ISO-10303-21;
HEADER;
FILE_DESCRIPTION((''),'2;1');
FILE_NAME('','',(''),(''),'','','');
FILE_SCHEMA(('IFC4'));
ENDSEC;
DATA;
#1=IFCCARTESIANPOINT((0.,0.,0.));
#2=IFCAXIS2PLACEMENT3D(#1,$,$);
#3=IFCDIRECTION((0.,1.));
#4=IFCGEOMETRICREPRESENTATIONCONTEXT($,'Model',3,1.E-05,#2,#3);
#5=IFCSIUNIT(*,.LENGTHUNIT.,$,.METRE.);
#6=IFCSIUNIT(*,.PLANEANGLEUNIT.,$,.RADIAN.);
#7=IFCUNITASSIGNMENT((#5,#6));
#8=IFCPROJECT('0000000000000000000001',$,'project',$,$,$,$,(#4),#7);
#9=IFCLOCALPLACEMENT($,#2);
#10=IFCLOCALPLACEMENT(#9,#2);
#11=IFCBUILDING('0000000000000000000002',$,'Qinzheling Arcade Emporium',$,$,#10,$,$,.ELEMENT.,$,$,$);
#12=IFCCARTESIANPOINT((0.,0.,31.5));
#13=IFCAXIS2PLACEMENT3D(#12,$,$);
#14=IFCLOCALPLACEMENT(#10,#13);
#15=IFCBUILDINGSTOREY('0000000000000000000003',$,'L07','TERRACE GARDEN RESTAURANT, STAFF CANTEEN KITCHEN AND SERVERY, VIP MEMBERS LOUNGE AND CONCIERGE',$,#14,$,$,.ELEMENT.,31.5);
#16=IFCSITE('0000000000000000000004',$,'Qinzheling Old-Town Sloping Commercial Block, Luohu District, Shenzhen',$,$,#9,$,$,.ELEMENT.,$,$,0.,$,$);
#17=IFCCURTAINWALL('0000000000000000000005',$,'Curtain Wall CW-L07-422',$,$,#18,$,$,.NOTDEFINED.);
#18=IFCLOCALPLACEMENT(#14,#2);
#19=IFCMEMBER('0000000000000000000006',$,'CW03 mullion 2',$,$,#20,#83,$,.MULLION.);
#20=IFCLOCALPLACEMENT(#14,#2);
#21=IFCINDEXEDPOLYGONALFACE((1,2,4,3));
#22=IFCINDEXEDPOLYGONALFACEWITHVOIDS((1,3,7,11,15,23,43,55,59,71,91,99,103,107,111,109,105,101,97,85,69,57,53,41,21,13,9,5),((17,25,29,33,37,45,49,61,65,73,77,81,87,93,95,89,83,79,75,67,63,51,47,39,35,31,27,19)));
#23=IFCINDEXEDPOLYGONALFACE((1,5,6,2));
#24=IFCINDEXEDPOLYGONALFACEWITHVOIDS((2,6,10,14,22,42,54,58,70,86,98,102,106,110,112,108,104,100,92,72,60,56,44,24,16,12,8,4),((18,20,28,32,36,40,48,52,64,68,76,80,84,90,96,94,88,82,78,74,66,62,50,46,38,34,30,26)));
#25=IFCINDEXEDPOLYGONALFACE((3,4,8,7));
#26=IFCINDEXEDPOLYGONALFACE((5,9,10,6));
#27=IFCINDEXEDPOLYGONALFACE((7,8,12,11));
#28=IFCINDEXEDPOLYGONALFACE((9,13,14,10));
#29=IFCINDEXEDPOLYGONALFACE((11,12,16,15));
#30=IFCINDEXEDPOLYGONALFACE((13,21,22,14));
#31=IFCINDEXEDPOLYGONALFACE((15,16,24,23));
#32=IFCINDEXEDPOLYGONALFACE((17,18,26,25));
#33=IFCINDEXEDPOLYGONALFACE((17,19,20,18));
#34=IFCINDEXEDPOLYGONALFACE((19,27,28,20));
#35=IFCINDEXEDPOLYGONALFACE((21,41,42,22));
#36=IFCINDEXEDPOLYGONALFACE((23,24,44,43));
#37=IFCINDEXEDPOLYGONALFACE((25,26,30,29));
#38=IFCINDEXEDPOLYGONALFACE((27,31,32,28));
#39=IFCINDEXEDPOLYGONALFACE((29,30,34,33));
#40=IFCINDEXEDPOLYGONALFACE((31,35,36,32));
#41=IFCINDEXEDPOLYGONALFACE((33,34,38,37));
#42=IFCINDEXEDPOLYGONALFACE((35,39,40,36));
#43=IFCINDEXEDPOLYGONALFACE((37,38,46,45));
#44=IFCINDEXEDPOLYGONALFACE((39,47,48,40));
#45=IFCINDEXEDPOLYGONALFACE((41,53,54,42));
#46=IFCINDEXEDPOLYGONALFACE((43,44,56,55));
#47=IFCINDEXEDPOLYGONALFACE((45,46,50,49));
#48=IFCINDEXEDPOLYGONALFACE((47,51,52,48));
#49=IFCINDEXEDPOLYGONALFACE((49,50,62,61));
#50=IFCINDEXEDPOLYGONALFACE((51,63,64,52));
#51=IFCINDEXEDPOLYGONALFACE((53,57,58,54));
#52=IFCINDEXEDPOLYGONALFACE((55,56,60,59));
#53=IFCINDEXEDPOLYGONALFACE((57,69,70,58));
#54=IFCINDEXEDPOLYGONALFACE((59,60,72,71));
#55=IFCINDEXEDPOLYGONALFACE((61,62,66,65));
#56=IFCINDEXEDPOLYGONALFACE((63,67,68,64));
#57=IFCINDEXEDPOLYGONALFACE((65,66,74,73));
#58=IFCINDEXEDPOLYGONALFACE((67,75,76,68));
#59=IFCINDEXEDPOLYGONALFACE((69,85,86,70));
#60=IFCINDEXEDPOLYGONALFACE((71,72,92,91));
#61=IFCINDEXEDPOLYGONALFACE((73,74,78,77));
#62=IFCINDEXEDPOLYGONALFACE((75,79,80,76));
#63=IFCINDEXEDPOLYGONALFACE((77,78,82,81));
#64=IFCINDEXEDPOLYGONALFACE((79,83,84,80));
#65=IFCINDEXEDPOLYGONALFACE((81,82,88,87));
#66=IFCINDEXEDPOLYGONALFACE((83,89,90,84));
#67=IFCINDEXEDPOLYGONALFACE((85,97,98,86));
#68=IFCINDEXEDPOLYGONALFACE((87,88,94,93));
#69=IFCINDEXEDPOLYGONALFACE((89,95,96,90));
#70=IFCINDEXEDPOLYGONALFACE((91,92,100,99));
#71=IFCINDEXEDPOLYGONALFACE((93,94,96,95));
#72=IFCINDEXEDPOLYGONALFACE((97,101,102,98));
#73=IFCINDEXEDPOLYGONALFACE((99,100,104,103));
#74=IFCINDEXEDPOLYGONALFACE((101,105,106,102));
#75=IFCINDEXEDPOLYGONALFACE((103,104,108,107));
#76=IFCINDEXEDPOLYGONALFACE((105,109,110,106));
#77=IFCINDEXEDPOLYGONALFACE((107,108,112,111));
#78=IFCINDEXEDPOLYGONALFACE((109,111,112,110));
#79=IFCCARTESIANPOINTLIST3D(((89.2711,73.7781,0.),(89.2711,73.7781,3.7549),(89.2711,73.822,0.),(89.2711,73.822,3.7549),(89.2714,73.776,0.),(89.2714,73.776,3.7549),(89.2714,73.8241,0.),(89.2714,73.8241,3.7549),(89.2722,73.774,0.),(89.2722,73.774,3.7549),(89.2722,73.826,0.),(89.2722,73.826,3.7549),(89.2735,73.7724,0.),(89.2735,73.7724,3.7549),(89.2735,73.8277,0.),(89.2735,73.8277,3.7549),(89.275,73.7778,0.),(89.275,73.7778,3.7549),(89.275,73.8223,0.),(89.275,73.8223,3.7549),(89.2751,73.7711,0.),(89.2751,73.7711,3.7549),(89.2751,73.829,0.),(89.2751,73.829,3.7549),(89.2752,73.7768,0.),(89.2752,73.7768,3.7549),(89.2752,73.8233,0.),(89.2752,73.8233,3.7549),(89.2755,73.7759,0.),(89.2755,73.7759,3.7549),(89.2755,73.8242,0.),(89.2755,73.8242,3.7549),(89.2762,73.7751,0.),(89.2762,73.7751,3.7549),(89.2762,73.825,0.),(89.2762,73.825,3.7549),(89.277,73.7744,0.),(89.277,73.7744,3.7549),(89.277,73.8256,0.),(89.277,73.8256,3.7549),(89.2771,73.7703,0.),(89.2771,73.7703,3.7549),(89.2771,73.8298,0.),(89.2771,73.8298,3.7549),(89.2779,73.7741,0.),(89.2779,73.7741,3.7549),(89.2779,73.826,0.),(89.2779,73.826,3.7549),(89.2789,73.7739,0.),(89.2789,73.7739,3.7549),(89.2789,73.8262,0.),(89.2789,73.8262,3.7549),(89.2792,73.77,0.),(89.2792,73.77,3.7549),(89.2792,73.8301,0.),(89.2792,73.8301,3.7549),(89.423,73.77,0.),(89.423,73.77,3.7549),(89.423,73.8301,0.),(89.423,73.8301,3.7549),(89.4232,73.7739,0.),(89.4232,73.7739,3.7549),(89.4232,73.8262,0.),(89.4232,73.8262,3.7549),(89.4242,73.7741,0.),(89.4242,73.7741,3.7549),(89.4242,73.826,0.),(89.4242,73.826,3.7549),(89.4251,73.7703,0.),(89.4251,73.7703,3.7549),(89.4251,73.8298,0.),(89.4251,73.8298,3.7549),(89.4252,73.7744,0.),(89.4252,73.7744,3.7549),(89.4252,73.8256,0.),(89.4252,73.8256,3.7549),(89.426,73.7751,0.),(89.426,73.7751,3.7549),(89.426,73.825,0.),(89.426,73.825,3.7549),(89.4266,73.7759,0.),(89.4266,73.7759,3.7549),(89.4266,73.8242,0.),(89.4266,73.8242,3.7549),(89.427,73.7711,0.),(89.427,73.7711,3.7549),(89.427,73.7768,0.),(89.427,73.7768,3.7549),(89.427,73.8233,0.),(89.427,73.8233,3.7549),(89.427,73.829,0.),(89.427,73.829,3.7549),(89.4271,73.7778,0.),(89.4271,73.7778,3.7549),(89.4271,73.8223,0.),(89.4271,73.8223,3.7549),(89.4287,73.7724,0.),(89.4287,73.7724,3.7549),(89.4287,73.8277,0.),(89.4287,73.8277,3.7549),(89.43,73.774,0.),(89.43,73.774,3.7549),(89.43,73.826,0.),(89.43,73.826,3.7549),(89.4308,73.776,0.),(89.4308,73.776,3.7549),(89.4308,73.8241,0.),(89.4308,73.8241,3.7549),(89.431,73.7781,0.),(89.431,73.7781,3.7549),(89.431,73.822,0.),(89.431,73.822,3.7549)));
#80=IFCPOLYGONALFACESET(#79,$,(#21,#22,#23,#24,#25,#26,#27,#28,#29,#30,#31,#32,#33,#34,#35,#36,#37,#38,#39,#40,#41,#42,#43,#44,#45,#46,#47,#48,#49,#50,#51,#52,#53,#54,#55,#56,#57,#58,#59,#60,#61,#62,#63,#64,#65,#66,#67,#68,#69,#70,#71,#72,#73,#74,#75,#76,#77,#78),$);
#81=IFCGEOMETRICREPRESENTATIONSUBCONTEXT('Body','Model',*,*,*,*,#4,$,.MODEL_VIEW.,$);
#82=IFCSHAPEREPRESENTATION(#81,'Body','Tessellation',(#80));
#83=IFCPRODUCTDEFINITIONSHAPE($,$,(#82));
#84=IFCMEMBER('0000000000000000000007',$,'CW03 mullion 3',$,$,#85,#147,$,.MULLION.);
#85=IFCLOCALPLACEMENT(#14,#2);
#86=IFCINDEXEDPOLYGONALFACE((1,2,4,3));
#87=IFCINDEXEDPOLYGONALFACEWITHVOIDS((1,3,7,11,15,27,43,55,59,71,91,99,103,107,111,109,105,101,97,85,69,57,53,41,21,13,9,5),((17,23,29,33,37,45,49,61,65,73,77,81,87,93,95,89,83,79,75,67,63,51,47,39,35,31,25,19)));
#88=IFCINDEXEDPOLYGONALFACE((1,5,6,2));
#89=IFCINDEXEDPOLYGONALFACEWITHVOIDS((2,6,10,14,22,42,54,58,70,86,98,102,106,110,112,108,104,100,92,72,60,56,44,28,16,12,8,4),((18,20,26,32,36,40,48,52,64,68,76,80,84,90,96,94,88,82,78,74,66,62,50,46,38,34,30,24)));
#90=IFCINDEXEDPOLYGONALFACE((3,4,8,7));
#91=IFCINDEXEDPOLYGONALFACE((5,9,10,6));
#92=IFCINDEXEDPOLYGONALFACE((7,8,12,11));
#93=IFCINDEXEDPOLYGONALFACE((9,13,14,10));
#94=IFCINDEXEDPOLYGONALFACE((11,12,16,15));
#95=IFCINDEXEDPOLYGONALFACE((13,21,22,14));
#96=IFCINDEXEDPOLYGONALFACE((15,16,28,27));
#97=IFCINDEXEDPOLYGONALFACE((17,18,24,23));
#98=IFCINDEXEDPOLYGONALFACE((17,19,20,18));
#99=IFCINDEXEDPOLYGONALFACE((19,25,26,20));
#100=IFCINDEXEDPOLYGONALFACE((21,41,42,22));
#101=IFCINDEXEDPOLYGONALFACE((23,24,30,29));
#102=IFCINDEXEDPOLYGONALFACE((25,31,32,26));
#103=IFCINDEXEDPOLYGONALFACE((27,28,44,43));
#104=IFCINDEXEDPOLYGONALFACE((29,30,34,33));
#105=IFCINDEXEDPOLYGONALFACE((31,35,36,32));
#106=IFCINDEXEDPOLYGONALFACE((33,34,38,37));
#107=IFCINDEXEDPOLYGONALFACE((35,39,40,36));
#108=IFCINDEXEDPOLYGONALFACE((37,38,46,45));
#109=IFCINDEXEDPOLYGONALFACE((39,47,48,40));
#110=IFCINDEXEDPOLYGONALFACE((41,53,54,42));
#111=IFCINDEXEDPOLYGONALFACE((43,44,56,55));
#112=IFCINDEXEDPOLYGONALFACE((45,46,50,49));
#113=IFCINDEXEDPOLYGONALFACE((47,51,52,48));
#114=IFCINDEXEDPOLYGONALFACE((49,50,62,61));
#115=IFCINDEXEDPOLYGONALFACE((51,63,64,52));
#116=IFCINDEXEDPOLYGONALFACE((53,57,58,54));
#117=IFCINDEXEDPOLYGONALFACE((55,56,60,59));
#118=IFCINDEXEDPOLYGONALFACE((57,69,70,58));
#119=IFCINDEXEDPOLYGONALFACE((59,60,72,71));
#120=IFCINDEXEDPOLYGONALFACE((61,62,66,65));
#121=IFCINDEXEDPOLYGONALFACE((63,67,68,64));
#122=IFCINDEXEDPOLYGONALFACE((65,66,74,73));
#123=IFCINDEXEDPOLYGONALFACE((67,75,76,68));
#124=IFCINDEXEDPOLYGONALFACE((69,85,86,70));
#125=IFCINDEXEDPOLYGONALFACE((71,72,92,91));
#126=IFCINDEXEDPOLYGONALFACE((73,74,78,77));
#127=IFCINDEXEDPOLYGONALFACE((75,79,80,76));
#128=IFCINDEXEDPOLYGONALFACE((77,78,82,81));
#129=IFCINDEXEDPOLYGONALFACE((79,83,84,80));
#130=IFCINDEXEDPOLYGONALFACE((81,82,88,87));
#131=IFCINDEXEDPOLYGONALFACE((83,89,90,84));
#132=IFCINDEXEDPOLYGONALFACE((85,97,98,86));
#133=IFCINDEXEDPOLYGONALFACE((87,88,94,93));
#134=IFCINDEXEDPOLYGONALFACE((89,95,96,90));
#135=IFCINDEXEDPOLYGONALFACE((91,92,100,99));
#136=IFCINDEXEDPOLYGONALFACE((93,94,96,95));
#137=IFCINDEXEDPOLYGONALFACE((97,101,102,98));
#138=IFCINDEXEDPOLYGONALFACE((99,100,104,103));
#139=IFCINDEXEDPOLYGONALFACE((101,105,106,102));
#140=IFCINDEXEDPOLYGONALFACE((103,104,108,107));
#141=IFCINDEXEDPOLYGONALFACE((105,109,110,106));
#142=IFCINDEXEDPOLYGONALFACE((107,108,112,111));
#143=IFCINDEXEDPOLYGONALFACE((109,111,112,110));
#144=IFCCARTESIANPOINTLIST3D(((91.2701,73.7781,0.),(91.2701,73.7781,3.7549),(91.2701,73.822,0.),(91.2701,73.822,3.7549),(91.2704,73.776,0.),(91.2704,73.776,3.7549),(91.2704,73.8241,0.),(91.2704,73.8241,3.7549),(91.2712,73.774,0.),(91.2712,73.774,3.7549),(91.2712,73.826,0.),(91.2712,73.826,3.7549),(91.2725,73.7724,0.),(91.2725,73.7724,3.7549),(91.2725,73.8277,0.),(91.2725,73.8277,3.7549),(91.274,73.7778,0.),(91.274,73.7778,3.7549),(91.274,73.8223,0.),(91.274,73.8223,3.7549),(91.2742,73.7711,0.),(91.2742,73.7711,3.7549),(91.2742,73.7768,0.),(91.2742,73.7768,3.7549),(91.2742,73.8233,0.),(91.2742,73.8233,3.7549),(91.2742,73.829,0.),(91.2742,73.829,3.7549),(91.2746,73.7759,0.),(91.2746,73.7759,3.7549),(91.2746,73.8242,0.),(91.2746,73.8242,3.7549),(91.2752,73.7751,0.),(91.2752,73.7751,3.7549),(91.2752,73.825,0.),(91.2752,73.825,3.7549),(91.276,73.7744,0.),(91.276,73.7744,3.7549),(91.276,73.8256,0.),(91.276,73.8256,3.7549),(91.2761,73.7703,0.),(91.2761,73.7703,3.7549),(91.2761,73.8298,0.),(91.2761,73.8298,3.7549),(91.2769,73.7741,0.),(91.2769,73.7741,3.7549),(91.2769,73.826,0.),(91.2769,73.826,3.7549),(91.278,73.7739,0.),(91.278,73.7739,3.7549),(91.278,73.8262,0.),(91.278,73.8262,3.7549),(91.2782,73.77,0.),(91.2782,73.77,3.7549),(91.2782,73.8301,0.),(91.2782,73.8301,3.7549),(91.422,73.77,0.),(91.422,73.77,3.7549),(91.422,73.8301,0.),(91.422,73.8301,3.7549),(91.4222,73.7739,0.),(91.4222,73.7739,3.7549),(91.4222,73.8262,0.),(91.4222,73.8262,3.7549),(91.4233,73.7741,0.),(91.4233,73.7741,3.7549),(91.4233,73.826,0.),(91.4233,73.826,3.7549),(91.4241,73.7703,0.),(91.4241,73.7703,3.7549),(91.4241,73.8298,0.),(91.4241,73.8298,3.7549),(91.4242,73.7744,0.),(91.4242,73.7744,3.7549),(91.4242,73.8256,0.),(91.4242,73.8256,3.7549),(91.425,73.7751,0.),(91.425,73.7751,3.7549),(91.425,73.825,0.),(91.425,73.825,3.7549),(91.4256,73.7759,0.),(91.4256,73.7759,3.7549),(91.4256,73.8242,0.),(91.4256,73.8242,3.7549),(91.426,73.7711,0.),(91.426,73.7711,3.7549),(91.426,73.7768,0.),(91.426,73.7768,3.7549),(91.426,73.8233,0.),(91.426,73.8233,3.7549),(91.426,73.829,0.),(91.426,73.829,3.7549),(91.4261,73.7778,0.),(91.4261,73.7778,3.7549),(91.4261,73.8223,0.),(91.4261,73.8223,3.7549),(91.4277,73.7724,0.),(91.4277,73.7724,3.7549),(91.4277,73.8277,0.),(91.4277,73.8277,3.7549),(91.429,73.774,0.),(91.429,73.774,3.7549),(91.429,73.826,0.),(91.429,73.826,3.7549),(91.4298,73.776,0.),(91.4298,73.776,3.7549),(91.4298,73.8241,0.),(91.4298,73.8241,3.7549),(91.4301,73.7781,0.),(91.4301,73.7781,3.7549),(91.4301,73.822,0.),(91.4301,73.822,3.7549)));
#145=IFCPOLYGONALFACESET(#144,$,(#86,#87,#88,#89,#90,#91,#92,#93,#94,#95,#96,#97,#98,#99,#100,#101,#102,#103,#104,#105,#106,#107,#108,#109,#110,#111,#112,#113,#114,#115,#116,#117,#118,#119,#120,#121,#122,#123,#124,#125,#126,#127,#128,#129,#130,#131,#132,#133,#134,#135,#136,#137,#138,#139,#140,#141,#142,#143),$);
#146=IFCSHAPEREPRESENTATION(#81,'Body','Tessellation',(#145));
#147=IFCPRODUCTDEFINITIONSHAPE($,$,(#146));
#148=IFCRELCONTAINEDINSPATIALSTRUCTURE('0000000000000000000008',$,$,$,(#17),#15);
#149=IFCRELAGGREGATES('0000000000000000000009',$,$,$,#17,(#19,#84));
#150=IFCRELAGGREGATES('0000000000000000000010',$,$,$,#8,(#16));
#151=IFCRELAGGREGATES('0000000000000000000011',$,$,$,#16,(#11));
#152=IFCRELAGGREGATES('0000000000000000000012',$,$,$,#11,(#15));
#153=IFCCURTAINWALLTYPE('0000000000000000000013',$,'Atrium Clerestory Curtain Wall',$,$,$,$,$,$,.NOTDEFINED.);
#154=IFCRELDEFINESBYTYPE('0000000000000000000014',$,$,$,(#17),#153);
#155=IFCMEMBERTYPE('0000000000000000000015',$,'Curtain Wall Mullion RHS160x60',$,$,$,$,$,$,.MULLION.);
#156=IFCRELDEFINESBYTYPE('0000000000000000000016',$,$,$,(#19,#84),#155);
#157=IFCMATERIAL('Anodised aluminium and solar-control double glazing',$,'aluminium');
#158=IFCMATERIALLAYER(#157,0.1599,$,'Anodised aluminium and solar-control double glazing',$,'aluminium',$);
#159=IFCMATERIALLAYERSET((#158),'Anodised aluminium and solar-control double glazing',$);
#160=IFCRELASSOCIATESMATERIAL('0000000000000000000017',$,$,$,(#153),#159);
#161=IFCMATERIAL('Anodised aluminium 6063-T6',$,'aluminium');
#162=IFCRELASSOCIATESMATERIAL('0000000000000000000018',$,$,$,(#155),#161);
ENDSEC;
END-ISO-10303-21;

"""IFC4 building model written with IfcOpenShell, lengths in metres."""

from ifc_helpers import new_model, si_unit, direction, frame, origin, origin_2d, place, context, subcontext, project, spatial, hollow_rectangle, extrude, material, layer, layer_set, material_profile, profile_set, type_object, element, aggregate, save


model = new_model("IFC4")

# Units and contexts
model_context = context("Model", 3, precision=1e-05, world=origin(), true_north=direction((0.0, 1.0)))
body_context = subcontext(model_context, "Body", "Model", "MODEL_VIEW")
ifc_project = project(units=[si_unit("LENGTHUNIT", "METRE"), si_unit("PLANEANGLEUNIT", "RADIAN")], contexts=[model_context])

# Site, building, storey
site_placement = place(None, origin())
site = spatial("IfcSite", under=ifc_project, at=site_placement, Name="Qinzheling Old-Town Sloping Commercial Block, Luohu District, Shenzhen", CompositionType="ELEMENT", RefElevation=0.0)
building_placement = place(site_placement, origin())
building = spatial("IfcBuilding", under=site, at=building_placement, Name="Qinzheling Arcade Emporium", CompositionType="ELEMENT")
storey_placement = place(building_placement, frame((0.0, 0.0, 31.5)))
storey = spatial("IfcBuildingStorey", under=building, at=storey_placement, Name="L07", Description="TERRACE GARDEN RESTAURANT, STAFF CANTEEN KITCHEN AND SERVERY, VIP MEMBERS LOUNGE AND CONCIERGE", CompositionType="ELEMENT", Elevation=31.5)

# Shared definitions
ifc_material_1 = material(Name="Anodised aluminium and solar-control double glazing", Category="aluminium")
ifc_layer_1 = layer(ifc_material_1, 0.1599, Name="Anodised aluminium and solar-control double glazing", Category="aluminium")
ifc_layer_set_1 = layer_set([ifc_layer_1], Name="Anodised aluminium and solar-control double glazing")
curtain_wall_type = type_object("IfcCurtainWallType", Name="Atrium Clerestory Curtain Wall", PredefinedType="NOTDEFINED", material=ifc_layer_set_1)
ifc_material_2 = material(Name="Anodised aluminium 6063-T6", Category="aluminium")
ifc_material_profile_1 = material_profile(ifc_material_2, hollow_rectangle(XDim=0.0601, YDim=0.1599, WallThickness=0.0039, InnerFilletRadius=0.0039, OuterFilletRadius=0.0081, at=origin_2d()), Name="RHS 160x60x4", Category="aluminium")
ifc_profile_set_1 = profile_set([ifc_material_profile_1], Name="Anodised aluminium 6063-T6")
member_type_1 = type_object("IfcMemberType", Name="Curtain Wall Mullion RHS160x60", PredefinedType="MULLION", material=ifc_profile_set_1)

# Curtain wall, members
curtain_wall_1_placement = place(storey_placement, origin())
curtain_wall_1 = element("IfcCurtainWall", 1, at=curtain_wall_1_placement, inside=storey, type_object=curtain_wall_type, Name="Curtain Wall CW-L07-422", PredefinedType="NOTDEFINED")
member_1_placement = place(storey_placement, frame((89.3511, 73.8, 0.0), z_axis=(0.0, 0.0, 1.0), x_axis=(0.0, 1.0, 0.0)))
member_1 = element("IfcMember", 2, at=member_1_placement, type_object=member_type_1, Name="CW03 mullion 2", PredefinedType="MULLION", context=body_context, shape_type="SweptSolid", body=[
    extrude(hollow_rectangle(XDim=0.0601, YDim=0.1599, WallThickness=0.0039, InnerFilletRadius=0.0039, OuterFilletRadius=0.0081, at=origin_2d()), origin(), (0.0, 0.0, 1.0), 3.7549),
])
member_2_placement = place(storey_placement, frame((91.3501, 73.8, 0.0), z_axis=(0.0, 0.0, 1.0), x_axis=(0.0, 1.0, 0.0)))
member_2 = element("IfcMember", 3, at=member_2_placement, type_object=member_type_1, Name="CW03 mullion 3", PredefinedType="MULLION", context=body_context, shape_type="SweptSolid", body=[
    extrude(hollow_rectangle(XDim=0.0601, YDim=0.1599, WallThickness=0.0039, InnerFilletRadius=0.0039, OuterFilletRadius=0.0081, at=origin_2d()), origin(), (0.0, 0.0, 1.0), 3.7549),
])

aggregate(curtain_wall_1, [member_1, member_2])

save(model, "model.ifc")
